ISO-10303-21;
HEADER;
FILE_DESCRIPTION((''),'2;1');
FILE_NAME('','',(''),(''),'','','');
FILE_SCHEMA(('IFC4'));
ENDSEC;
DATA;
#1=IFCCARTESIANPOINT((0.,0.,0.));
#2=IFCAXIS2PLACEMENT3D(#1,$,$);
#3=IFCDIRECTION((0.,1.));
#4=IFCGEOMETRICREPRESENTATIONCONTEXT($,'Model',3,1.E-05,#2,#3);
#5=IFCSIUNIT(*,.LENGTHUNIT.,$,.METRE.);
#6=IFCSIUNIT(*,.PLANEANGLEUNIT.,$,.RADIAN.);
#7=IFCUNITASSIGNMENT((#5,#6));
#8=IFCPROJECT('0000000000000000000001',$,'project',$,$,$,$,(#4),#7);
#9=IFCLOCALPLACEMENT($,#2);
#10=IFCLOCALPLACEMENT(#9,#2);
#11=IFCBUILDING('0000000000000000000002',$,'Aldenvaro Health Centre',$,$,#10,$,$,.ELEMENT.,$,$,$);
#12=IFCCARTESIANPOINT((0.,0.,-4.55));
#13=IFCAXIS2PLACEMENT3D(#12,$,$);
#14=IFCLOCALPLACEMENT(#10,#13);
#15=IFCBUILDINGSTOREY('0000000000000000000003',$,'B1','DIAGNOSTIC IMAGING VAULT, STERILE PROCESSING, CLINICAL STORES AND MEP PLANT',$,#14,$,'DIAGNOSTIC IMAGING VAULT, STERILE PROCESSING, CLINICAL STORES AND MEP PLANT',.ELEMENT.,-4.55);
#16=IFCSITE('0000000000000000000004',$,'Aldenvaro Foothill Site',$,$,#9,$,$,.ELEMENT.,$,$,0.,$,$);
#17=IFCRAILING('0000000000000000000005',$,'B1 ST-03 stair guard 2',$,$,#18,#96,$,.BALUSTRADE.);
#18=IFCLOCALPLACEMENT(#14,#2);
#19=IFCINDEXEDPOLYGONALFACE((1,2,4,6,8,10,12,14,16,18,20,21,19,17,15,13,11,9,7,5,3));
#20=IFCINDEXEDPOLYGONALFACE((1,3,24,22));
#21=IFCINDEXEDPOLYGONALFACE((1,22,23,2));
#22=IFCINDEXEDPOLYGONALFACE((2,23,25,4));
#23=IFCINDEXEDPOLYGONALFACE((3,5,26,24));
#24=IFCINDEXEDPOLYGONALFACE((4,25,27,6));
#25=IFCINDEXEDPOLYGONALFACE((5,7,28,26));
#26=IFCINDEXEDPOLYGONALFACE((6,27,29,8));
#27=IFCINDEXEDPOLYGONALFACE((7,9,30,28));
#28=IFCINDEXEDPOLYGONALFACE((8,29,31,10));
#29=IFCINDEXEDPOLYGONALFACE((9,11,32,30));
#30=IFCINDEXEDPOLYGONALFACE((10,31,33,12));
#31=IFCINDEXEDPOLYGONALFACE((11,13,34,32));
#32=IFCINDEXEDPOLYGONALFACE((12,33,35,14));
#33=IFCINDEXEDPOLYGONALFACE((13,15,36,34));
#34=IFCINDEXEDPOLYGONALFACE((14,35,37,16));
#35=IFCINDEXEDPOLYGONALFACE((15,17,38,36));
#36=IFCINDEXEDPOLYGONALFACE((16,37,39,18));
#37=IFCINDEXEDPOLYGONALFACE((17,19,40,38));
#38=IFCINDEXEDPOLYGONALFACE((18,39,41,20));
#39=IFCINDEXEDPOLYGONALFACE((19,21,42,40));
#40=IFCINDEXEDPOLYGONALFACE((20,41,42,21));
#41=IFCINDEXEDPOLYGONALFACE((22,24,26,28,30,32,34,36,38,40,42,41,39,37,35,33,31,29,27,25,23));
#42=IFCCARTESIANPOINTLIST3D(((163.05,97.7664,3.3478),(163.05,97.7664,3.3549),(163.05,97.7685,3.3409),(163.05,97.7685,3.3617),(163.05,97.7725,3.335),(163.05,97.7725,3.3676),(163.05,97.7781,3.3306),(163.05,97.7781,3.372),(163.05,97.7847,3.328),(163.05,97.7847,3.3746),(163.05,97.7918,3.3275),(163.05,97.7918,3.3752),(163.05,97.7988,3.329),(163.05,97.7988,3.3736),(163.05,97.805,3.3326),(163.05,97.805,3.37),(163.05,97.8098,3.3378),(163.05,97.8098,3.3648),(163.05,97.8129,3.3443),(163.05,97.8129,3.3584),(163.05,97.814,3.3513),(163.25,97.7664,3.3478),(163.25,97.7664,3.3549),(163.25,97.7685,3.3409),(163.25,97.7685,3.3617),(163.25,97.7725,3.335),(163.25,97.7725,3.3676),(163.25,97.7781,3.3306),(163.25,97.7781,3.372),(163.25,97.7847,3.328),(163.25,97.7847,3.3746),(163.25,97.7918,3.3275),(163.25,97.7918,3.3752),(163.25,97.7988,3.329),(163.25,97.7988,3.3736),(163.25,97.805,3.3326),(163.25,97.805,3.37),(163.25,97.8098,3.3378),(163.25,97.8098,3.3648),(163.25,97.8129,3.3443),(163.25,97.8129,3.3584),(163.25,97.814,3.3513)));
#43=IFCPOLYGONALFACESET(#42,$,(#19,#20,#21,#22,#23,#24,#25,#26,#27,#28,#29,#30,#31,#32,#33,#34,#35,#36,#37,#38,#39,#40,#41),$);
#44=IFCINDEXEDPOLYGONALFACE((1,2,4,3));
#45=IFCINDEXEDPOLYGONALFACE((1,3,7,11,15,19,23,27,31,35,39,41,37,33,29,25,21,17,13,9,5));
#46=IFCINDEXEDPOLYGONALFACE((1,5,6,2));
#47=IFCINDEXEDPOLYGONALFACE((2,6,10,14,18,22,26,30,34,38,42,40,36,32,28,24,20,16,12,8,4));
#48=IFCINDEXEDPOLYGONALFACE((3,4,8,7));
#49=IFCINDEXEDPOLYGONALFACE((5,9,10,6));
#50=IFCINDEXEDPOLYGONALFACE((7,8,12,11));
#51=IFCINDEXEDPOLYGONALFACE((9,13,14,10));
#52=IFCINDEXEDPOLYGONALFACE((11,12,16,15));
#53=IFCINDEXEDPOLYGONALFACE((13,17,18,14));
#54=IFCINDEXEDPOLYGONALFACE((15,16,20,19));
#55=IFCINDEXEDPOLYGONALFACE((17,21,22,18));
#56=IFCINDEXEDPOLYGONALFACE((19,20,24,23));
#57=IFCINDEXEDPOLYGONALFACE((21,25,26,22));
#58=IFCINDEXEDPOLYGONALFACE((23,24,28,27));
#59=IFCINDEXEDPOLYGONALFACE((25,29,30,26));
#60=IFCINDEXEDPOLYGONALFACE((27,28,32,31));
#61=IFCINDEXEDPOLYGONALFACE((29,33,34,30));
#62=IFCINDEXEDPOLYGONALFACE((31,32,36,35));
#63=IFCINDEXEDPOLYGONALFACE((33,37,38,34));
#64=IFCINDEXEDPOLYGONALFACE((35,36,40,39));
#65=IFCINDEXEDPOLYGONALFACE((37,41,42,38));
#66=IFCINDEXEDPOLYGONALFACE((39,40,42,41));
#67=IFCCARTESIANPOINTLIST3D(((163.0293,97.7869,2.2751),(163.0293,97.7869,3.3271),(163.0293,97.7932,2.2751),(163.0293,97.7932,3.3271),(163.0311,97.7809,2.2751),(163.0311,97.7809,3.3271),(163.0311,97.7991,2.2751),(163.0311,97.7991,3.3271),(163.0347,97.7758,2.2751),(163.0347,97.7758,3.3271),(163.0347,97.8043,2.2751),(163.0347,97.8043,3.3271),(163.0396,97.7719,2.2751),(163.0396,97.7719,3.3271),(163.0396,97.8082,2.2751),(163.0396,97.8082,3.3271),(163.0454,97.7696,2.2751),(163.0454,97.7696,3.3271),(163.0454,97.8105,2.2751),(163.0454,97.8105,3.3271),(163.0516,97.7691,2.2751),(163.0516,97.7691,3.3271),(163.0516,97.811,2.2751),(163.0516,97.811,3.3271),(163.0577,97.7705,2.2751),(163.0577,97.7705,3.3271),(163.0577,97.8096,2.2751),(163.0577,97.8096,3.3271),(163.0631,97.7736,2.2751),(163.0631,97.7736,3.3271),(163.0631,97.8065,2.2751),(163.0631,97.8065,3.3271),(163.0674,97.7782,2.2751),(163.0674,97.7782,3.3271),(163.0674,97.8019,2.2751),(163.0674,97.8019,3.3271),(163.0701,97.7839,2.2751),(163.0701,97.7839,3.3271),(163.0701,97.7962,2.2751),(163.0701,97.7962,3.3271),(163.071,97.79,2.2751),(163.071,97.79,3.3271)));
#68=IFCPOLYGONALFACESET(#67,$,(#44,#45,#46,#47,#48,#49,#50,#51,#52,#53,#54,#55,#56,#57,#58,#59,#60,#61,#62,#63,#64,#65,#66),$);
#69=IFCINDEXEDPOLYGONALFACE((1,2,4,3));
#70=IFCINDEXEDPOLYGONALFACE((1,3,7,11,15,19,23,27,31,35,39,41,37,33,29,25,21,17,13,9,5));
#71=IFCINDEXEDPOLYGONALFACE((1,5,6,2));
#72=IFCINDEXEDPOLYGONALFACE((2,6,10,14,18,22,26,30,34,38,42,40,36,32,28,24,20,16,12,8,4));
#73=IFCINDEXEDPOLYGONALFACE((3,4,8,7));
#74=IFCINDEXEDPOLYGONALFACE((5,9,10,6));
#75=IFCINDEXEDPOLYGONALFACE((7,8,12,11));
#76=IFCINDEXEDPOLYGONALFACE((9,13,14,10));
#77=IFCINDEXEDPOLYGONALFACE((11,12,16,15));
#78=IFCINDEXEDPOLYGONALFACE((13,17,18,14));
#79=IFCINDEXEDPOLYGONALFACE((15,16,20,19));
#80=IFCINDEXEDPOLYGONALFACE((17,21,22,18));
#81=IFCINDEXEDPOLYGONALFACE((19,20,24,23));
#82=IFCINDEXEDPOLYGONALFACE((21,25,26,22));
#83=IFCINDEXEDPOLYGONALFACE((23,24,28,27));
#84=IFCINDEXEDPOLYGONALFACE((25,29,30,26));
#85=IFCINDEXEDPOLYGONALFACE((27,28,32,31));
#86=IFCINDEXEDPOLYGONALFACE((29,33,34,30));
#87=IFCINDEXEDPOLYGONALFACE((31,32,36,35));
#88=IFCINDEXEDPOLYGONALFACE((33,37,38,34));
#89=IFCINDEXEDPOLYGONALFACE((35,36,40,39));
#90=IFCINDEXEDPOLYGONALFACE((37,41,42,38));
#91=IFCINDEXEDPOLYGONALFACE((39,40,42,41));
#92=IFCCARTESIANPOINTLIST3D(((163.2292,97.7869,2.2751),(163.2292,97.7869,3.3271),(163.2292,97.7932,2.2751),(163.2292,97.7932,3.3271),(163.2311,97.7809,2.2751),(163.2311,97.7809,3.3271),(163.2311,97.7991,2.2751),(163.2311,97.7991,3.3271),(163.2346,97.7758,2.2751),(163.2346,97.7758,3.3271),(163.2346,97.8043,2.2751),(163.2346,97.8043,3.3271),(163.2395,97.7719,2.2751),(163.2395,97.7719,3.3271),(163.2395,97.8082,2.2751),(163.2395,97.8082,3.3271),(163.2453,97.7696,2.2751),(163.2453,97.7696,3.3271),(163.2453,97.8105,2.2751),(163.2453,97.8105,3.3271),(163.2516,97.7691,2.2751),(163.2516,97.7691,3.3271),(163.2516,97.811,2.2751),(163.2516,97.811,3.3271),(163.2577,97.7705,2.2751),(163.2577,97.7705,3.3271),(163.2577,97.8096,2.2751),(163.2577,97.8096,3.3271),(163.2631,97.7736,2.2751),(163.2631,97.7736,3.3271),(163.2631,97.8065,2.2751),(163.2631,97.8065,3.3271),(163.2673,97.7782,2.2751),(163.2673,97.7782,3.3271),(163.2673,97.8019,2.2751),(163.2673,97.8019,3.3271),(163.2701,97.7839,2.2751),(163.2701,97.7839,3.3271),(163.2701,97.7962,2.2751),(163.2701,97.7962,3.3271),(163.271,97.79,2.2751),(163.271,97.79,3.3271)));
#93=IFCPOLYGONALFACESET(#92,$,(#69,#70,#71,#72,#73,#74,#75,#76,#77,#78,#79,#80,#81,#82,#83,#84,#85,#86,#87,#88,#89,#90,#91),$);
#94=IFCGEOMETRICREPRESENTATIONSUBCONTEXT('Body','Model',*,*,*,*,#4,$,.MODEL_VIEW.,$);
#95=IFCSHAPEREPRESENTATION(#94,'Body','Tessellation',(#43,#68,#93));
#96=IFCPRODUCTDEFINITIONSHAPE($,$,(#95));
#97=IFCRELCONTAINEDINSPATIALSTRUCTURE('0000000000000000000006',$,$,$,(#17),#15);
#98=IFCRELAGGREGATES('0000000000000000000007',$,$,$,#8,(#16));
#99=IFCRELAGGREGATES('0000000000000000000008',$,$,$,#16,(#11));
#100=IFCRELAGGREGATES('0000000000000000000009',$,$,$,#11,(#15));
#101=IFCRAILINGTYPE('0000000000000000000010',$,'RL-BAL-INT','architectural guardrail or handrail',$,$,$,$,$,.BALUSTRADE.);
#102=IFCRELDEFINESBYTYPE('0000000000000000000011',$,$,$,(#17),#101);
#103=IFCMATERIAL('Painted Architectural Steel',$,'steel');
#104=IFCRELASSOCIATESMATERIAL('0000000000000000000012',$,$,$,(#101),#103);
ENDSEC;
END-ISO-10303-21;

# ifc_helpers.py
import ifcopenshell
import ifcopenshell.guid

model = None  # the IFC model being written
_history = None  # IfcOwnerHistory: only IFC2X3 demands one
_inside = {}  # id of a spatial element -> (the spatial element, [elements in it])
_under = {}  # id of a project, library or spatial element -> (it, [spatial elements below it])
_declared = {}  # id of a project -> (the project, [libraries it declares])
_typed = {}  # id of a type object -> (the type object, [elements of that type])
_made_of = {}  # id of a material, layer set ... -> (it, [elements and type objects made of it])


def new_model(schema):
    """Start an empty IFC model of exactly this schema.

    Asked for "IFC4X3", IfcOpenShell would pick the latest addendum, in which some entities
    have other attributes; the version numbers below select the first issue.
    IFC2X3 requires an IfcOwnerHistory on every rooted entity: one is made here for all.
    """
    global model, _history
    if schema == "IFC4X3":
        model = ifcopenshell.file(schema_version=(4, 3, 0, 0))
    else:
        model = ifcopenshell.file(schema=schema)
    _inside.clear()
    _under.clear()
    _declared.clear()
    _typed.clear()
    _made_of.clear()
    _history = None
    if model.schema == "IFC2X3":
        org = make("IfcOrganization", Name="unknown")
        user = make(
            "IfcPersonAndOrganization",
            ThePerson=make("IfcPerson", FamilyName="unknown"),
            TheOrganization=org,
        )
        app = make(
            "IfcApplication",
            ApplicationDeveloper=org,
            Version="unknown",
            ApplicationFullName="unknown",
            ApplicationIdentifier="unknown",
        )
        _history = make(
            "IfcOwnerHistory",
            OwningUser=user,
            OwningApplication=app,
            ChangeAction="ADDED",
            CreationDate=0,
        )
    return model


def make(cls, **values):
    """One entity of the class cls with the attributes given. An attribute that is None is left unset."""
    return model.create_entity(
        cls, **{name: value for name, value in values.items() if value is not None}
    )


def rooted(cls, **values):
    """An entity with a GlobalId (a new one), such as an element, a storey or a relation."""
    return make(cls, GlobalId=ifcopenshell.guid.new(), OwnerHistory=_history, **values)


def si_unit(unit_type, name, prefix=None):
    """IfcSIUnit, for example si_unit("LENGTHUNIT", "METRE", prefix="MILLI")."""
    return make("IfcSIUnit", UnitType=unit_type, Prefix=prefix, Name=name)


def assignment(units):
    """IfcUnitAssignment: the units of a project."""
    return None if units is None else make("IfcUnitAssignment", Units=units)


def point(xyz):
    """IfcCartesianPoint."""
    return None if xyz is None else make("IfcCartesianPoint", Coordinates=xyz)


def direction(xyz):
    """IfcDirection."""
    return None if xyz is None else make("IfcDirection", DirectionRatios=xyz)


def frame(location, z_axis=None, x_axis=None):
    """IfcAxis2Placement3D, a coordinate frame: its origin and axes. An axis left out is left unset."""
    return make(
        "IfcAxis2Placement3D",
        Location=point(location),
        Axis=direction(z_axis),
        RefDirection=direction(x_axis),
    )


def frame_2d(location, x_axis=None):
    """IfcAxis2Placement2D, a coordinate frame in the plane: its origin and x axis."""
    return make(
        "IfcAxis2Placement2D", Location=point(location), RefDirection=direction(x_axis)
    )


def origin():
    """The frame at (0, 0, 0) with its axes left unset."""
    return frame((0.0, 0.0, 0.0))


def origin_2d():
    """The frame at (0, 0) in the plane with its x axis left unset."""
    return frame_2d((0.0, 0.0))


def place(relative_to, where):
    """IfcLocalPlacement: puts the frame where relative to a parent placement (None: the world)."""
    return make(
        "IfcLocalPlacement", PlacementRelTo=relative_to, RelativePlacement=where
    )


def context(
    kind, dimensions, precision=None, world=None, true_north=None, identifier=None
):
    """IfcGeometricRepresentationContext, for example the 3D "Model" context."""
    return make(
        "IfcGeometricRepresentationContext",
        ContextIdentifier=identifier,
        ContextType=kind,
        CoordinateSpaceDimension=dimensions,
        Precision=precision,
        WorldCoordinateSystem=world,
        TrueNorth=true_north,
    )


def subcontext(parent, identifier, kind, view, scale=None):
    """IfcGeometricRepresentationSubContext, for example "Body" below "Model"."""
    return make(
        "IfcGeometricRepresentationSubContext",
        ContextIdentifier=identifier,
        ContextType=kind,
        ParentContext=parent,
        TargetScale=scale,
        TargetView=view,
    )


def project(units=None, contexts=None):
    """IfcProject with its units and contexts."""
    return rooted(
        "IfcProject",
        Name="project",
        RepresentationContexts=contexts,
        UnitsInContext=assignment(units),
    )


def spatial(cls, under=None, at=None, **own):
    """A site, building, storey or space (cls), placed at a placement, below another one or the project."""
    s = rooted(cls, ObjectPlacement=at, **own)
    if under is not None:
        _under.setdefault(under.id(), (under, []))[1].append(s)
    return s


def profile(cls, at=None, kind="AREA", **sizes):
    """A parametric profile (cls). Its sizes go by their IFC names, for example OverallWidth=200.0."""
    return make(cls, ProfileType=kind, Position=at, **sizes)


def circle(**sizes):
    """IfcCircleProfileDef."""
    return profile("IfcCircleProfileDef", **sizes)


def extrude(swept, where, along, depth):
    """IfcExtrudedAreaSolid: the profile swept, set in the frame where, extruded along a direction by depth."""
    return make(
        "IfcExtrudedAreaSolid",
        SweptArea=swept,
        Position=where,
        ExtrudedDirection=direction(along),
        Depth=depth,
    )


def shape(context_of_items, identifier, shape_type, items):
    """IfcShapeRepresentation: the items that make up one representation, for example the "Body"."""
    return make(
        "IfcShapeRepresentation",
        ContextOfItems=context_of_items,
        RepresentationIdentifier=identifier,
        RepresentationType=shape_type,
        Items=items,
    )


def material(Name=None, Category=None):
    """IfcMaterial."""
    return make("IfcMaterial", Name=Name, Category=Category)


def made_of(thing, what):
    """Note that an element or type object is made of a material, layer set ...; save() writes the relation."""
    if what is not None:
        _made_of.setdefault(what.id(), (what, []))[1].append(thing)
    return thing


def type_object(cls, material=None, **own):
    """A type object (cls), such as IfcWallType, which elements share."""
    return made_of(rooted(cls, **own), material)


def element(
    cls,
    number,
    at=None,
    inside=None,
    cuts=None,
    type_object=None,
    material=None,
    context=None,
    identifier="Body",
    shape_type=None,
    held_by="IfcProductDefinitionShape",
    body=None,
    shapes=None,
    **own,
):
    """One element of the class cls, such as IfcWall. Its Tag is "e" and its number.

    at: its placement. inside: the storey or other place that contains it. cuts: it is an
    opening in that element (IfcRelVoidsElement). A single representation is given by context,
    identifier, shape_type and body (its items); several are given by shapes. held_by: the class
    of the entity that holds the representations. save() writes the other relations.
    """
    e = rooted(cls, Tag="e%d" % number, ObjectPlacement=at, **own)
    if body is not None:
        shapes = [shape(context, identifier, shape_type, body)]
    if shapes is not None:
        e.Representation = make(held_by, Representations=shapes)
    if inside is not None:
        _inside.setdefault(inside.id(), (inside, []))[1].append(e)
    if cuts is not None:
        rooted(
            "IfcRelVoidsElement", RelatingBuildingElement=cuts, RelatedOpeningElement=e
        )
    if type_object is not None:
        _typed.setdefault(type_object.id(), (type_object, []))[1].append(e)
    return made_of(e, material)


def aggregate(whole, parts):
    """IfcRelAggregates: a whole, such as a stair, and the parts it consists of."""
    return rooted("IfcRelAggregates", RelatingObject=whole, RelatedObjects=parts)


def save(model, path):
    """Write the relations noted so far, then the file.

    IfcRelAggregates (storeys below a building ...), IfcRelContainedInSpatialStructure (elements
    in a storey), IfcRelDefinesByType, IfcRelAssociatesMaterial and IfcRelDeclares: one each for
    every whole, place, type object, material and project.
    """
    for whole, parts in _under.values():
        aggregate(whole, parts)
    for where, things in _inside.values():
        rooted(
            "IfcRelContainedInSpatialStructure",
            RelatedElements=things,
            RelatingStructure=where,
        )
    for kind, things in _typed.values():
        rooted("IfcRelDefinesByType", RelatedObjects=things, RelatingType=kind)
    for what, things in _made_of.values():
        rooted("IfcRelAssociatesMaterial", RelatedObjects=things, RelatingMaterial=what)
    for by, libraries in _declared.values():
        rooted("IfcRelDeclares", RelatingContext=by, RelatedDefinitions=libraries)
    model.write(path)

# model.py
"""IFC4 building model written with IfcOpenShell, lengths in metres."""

from ifc_helpers import new_model, si_unit, direction, frame, origin, origin_2d, place, context, subcontext, project, spatial, circle, extrude, material, type_object, element, save


model = new_model("IFC4")

# Units and contexts
model_context = context("Model", 3, precision=1e-05, world=origin(), true_north=direction((0.0, 1.0)))
body_context = subcontext(model_context, "Body", "Model", "MODEL_VIEW")
ifc_project = project(units=[si_unit("LENGTHUNIT", "METRE"), si_unit("PLANEANGLEUNIT", "RADIAN")], contexts=[model_context])

# Site, building, storey
site_placement = place(None, origin())
site = spatial("IfcSite", under=ifc_project, at=site_placement, Name="Aldenvaro Foothill Site", CompositionType="ELEMENT", RefElevation=0.0)
building_placement = place(site_placement, origin())
building = spatial("IfcBuilding", under=site, at=building_placement, Name="Aldenvaro Health Centre", CompositionType="ELEMENT")
storey_placement = place(building_placement, frame((0.0, 0.0, -4.55)))
storey = spatial("IfcBuildingStorey", under=building, at=storey_placement, Name="B1", Description="DIAGNOSTIC IMAGING VAULT, STERILE PROCESSING, CLINICAL STORES AND MEP PLANT", LongName="DIAGNOSTIC IMAGING VAULT, STERILE PROCESSING, CLINICAL STORES AND MEP PLANT", CompositionType="ELEMENT", Elevation=-4.55)

# Railing
ifc_material_1 = material(Name="Painted Architectural Steel", Category="steel")
railing_type_1 = type_object("IfcRailingType", Name="RL-BAL-INT", Description="architectural guardrail or handrail", PredefinedType="BALUSTRADE", material=ifc_material_1)
railing_1_placement = place(storey_placement, frame((163.05, 97.79, 2.2751)))
element("IfcRailing", 1, at=railing_1_placement, inside=storey, type_object=railing_type_1, Name="B1 ST-03 stair guard 2", PredefinedType="BALUSTRADE", context=body_context, shape_type="SweptSolid", body=[
    extrude(circle(Radius=0.0239, at=origin_2d()), frame((0.0, 0.0, 1.0762), z_axis=(1.0, 0.0, 0.0), x_axis=(0.0, 1.0, 0.0)), (0.0, 0.0, 1.0), 0.2),
    extrude(circle(Radius=0.021, at=origin_2d()), origin(), (0.0, 0.0, 1.0), 1.052),
    extrude(circle(Radius=0.021, at=origin_2d()), frame((0.2, 0.0, 0.0)), (0.0, 0.0, 1.0), 1.052),
])

save(model, "model.ifc")
